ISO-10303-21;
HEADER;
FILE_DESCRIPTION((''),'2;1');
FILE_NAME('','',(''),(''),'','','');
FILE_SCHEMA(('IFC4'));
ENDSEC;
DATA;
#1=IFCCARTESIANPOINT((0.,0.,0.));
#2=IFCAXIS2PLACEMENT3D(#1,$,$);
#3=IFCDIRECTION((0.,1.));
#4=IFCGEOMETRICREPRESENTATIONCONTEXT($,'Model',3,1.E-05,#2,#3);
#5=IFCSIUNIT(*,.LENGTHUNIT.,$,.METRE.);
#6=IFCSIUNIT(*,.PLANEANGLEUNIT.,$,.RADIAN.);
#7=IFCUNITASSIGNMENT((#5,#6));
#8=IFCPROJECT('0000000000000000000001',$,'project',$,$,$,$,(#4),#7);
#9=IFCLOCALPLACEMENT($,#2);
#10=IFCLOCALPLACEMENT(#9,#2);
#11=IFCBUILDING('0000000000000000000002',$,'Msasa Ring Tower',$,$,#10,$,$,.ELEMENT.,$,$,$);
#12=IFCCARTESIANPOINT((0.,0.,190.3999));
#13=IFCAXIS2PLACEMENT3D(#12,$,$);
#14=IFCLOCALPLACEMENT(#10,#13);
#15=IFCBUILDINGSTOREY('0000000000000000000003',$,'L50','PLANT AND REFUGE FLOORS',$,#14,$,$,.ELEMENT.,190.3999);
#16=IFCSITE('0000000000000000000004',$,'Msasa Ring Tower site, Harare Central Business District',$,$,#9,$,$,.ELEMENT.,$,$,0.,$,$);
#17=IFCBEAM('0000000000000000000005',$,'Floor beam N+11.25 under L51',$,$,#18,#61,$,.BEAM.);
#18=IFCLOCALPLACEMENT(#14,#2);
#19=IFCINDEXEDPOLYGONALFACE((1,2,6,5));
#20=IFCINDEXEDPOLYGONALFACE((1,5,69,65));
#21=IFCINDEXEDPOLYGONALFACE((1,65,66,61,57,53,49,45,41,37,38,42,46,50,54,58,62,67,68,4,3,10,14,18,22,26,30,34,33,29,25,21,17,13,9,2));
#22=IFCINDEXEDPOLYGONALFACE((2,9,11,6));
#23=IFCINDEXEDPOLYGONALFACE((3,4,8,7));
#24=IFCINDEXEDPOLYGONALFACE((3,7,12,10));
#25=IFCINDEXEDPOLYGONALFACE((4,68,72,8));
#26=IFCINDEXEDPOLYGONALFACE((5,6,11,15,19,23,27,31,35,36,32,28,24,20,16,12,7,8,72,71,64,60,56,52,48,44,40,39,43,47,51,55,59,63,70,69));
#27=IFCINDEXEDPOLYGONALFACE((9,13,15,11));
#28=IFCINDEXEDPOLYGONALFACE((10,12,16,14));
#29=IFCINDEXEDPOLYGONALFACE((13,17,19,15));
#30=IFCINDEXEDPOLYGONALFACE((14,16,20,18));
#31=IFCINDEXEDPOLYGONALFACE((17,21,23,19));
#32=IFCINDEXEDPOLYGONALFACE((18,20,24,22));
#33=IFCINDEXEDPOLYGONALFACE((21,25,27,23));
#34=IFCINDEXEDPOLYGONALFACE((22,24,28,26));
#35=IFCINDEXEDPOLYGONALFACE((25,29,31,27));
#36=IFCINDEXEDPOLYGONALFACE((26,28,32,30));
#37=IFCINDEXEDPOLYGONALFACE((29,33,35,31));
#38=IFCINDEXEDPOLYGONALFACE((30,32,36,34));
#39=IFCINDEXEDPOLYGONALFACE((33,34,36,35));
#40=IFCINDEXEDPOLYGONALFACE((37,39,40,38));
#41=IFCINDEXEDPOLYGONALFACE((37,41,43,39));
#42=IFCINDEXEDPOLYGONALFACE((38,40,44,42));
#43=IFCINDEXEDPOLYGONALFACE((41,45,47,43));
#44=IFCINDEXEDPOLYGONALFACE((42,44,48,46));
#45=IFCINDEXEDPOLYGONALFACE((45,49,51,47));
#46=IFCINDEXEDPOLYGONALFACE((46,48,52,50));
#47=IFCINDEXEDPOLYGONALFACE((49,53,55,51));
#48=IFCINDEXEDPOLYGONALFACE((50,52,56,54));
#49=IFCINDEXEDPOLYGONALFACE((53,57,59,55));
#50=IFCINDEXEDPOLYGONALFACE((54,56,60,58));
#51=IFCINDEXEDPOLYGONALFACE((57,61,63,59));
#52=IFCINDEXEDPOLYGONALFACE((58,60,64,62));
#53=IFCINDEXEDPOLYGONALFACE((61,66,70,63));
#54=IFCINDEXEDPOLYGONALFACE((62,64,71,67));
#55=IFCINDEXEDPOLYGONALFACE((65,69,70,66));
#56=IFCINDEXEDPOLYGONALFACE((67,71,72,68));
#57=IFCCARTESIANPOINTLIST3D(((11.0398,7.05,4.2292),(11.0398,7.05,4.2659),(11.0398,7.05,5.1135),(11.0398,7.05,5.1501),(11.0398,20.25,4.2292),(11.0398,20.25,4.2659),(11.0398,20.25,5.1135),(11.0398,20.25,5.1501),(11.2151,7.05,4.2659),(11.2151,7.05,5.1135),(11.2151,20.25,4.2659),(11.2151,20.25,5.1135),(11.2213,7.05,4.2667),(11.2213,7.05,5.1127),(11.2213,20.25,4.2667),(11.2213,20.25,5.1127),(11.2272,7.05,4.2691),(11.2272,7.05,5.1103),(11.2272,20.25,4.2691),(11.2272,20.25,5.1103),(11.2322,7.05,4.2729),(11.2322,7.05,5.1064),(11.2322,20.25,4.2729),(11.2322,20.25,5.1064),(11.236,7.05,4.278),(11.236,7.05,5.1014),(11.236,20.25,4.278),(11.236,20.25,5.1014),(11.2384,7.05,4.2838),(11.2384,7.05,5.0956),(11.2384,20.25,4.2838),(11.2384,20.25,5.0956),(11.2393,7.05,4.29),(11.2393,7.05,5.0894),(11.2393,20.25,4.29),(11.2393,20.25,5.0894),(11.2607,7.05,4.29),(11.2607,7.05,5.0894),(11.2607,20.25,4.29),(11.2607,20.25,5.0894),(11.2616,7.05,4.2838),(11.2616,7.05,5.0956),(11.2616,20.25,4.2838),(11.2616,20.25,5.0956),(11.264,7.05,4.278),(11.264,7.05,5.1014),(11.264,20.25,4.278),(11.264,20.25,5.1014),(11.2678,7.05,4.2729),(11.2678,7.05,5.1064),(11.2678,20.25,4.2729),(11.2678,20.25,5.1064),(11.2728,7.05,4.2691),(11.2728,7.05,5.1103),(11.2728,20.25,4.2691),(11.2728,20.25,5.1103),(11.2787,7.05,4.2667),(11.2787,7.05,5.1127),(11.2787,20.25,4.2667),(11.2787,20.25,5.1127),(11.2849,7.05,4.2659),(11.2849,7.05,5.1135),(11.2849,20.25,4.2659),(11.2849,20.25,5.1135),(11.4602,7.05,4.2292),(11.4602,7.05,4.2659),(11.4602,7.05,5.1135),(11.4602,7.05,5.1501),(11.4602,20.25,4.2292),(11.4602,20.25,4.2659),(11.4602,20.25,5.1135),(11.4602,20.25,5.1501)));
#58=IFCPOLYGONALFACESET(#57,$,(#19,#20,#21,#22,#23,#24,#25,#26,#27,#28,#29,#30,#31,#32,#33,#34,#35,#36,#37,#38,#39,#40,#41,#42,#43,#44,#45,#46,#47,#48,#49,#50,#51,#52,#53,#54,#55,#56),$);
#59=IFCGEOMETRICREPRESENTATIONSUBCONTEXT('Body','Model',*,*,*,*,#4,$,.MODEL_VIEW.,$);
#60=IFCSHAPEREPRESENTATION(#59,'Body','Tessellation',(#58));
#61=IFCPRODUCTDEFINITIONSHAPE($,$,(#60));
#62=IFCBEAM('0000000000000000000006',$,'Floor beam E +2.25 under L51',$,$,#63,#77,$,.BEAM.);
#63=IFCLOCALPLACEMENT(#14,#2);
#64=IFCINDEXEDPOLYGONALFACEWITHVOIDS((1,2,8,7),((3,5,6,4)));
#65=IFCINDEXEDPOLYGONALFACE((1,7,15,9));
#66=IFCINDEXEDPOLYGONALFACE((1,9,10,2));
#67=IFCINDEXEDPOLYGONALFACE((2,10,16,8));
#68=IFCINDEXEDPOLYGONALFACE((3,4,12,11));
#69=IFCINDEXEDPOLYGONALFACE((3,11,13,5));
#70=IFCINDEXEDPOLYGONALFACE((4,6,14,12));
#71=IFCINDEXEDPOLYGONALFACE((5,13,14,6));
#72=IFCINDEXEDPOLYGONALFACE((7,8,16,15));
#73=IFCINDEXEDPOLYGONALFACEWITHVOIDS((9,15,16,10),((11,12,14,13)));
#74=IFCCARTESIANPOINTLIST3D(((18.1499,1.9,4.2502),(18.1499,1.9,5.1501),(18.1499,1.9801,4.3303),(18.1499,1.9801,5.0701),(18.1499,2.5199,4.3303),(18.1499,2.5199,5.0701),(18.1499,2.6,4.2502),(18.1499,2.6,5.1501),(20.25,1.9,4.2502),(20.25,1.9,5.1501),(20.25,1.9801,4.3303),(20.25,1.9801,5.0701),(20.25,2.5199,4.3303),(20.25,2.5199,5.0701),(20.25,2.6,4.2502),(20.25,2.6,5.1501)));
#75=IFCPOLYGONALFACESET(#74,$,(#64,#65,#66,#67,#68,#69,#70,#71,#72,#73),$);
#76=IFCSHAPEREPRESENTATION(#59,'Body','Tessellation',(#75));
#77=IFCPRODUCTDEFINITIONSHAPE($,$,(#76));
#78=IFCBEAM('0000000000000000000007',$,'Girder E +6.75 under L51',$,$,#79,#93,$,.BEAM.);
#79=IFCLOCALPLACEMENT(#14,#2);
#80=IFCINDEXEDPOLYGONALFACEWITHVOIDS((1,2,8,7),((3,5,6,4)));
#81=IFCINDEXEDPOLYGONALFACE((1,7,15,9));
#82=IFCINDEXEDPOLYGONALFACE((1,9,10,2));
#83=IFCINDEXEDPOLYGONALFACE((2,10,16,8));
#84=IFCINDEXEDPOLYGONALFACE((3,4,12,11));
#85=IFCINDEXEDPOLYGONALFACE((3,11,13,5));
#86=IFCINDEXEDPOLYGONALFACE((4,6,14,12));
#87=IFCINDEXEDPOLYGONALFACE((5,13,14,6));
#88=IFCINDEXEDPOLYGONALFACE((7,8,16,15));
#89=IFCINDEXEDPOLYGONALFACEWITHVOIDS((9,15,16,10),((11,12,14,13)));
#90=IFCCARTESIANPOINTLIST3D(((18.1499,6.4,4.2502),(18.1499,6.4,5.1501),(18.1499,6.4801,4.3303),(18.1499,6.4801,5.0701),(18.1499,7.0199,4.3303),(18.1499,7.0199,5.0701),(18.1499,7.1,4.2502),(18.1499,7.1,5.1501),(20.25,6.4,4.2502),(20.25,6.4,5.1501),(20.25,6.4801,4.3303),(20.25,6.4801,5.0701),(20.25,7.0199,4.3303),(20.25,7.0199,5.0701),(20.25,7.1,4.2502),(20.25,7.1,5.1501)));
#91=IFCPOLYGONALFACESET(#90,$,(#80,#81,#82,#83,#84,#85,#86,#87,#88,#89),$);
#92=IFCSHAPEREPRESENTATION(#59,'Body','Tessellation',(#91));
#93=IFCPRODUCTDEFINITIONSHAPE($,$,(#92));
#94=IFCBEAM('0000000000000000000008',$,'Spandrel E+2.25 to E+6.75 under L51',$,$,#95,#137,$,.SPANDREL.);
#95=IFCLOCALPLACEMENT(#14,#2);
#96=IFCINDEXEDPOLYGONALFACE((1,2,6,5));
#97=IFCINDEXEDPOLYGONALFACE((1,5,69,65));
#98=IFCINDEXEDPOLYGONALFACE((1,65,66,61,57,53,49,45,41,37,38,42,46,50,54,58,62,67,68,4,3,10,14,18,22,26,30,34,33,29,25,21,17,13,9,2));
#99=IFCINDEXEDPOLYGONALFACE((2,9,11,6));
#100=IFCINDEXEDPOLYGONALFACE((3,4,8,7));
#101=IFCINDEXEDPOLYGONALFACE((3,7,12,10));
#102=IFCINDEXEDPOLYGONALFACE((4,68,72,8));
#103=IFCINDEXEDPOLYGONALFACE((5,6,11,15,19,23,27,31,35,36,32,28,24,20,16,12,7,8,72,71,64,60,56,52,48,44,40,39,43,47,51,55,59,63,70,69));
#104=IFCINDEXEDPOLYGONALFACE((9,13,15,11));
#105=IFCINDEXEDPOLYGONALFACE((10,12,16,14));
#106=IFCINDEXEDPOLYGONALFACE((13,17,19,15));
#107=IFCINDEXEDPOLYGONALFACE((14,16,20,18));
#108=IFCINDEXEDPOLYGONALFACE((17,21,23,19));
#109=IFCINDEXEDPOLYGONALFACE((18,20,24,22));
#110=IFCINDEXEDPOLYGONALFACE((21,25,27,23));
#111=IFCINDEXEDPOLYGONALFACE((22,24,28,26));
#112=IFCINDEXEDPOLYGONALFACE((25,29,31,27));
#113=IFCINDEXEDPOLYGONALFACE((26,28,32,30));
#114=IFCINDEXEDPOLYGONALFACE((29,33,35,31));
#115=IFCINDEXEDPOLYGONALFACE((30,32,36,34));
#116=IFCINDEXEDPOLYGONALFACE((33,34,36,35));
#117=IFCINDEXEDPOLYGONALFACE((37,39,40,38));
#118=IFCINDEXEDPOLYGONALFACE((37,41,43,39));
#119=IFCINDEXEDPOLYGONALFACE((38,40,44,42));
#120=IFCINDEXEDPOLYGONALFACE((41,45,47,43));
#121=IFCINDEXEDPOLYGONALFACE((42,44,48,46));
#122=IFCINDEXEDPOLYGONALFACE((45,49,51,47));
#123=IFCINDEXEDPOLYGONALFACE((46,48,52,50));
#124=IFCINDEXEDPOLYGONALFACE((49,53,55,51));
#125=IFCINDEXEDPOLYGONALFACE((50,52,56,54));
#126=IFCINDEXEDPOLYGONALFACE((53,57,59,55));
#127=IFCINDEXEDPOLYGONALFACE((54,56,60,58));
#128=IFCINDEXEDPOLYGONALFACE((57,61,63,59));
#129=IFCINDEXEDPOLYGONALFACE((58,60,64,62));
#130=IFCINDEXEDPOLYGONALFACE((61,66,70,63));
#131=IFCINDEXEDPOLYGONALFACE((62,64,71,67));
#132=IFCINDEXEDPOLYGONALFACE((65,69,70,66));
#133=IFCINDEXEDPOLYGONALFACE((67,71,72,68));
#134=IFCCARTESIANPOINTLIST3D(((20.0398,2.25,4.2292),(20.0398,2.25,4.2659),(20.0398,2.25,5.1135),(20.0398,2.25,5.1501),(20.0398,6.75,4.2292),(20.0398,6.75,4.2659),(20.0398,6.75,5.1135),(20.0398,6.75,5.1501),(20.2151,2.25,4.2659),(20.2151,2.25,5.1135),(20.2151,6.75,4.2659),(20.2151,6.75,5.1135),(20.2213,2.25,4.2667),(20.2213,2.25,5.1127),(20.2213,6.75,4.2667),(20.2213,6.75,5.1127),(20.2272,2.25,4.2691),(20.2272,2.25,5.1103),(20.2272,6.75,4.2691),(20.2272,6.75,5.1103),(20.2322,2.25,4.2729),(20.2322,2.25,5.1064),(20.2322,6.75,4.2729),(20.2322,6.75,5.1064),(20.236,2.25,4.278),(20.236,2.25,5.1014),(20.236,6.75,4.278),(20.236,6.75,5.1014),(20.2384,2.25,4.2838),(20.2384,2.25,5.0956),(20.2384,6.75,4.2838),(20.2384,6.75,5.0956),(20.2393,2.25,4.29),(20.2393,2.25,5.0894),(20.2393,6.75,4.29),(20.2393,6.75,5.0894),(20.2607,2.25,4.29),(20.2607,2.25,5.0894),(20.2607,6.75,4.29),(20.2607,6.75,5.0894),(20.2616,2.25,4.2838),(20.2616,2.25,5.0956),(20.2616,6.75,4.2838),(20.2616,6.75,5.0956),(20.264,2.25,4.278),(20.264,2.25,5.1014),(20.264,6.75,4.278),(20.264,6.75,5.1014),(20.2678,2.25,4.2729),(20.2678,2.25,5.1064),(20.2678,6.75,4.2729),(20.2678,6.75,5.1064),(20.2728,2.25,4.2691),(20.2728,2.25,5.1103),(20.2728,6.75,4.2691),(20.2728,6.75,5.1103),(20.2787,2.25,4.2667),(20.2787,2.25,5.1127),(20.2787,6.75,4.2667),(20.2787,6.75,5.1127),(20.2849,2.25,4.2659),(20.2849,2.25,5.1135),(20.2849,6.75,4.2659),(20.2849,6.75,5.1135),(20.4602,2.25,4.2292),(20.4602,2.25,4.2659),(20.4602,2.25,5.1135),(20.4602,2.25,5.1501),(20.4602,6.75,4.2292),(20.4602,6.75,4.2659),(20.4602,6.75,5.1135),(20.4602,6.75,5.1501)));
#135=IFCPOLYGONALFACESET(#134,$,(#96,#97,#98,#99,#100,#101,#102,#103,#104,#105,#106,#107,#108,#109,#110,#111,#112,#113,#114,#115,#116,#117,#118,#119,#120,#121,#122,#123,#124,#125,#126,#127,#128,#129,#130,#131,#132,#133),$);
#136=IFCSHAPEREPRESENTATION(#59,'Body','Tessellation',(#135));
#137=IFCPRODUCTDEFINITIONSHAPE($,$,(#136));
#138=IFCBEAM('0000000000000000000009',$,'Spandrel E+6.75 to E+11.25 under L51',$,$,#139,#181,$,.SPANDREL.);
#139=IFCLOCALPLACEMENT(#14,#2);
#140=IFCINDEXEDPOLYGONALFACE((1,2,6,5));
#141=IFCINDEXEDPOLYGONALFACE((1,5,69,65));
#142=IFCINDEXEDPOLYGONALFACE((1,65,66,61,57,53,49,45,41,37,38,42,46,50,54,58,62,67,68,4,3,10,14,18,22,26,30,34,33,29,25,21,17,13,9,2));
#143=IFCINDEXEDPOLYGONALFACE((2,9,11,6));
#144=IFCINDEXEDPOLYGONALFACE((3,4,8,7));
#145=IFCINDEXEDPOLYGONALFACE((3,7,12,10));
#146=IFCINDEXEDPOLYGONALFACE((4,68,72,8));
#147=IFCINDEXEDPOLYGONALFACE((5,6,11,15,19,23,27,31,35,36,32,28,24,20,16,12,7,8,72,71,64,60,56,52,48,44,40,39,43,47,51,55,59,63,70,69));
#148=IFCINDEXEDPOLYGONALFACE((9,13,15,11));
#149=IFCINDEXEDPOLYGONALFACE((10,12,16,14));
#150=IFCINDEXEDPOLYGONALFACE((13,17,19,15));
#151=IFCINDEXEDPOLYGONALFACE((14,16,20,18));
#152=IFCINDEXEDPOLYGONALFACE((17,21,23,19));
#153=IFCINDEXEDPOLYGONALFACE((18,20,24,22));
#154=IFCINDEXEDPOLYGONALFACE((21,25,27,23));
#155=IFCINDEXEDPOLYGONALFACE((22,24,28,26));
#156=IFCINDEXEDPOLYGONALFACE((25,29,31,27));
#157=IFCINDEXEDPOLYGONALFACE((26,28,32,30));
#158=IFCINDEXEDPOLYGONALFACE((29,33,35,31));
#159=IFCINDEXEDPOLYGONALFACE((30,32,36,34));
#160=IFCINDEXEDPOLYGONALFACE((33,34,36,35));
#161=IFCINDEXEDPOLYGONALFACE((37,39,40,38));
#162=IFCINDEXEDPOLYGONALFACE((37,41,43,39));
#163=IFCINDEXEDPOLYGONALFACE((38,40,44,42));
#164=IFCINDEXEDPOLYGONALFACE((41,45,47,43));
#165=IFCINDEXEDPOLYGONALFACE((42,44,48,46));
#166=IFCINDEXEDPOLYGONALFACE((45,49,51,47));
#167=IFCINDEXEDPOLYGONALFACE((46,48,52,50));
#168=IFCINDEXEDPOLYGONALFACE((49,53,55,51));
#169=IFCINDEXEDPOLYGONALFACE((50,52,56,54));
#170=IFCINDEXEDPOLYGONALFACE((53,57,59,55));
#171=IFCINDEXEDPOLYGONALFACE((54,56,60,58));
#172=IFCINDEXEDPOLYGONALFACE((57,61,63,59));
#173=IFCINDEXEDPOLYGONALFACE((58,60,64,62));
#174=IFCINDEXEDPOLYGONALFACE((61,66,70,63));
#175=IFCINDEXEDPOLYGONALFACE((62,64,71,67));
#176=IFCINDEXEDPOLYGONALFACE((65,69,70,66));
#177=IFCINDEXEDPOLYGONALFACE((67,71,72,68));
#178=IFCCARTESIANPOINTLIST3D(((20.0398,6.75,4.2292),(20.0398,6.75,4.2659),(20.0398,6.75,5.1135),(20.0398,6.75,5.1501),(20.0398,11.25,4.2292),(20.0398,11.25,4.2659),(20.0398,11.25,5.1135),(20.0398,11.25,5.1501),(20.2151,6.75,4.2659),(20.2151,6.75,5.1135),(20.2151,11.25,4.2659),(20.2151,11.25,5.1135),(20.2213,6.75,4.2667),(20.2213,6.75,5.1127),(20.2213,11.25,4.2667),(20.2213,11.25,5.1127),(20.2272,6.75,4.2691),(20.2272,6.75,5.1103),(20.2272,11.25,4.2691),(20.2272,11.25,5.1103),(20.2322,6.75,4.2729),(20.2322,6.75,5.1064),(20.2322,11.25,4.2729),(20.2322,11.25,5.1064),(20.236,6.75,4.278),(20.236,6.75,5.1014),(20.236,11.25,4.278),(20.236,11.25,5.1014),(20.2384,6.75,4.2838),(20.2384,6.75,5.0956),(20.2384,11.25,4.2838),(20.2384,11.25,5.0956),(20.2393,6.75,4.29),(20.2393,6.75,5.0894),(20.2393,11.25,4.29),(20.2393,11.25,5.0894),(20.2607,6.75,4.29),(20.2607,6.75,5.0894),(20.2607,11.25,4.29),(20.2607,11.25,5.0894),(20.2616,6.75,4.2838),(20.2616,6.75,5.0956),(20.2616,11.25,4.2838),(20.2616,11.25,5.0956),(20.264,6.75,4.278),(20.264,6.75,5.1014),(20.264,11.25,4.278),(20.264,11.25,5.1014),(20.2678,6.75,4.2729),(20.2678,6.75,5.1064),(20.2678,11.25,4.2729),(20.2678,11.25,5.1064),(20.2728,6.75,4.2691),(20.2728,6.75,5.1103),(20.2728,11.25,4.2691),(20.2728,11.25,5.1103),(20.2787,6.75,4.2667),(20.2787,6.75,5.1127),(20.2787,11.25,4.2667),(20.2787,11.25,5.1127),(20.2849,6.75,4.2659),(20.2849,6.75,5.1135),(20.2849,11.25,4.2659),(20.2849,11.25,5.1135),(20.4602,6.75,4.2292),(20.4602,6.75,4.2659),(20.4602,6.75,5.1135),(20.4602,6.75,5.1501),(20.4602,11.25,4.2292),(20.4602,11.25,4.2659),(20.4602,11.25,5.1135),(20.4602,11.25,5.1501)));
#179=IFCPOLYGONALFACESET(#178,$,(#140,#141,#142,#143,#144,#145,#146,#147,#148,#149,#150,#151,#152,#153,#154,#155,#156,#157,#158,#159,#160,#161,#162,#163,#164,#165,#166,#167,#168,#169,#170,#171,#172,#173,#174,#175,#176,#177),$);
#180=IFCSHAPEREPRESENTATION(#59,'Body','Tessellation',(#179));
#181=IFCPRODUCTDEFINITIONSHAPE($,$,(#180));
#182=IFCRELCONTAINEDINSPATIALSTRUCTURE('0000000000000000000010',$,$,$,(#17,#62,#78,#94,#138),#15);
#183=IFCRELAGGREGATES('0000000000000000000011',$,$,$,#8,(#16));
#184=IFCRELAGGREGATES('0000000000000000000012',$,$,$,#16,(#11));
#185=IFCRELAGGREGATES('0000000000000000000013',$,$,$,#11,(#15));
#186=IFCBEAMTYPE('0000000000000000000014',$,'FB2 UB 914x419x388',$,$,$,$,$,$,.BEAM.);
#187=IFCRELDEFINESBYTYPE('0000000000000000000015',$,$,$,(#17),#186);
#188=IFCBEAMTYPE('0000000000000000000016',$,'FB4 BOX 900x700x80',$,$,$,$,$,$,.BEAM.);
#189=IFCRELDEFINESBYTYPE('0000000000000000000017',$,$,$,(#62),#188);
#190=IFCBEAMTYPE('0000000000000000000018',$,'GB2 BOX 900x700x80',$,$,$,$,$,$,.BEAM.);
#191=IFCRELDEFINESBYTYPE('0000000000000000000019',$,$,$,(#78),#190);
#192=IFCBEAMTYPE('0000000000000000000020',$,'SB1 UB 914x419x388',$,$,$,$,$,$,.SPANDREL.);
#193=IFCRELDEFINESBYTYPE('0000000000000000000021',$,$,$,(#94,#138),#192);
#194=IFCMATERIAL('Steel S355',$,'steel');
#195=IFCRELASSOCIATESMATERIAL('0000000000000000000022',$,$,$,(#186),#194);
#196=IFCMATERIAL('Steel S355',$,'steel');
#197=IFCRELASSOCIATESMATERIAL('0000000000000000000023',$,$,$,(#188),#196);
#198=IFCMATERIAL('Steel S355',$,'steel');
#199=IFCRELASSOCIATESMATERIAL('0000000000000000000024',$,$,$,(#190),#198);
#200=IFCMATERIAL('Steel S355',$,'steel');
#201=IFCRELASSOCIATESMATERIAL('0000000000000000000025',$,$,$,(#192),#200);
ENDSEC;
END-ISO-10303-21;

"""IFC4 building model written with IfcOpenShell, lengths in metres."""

from ifc_helpers import new_model, si_unit, direction, frame, origin, origin_2d, place, context, subcontext, project, spatial, hollow_rectangle, i_section, extrude, material, material_profile, profile_set, type_object, element, save


model = new_model("IFC4")

# Units and contexts
model_context = context("Model", 3, precision=1e-05, world=origin(), true_north=direction((0.0, 1.0)))
body_context = subcontext(model_context, "Body", "Model", "MODEL_VIEW")
ifc_project = project(units=[si_unit("LENGTHUNIT", "METRE"), si_unit("PLANEANGLEUNIT", "RADIAN")], contexts=[model_context])

# Site, building, storey
site_placement = place(None, origin())
site = spatial("IfcSite", under=ifc_project, at=site_placement, Name="Msasa Ring Tower site, Harare Central Business District", CompositionType="ELEMENT", RefElevation=0.0)
building_placement = place(site_placement, origin())
building = spatial("IfcBuilding", under=site, at=building_placement, Name="Msasa Ring Tower", CompositionType="ELEMENT")
storey_placement = place(building_placement, frame((0.0, 0.0, 190.3999)))
storey = spatial("IfcBuildingStorey", under=building, at=storey_placement, Name="L50", Description="PLANT AND REFUGE FLOORS", CompositionType="ELEMENT", Elevation=190.3999)

# Beams
ifc_material_1 = material(Name="Steel S355", Category="steel")
ifc_material_profile_1 = material_profile(ifc_material_1, i_section(OverallWidth=0.4204, OverallDepth=0.9209, WebThickness=0.0215, FlangeThickness=0.0366, FilletRadius=0.0242, at=origin_2d()), Name="UB 914x419x388")
ifc_profile_set_1 = profile_set([ifc_material_profile_1], Name="Steel S355")
beam_type_1 = type_object("IfcBeamType", Name="FB2 UB 914x419x388", PredefinedType="BEAM", material=ifc_profile_set_1)
beam_1_placement = place(storey_placement, frame((11.25, 20.25, 4.6897), z_axis=(0.0, -1.0, 0.0), x_axis=(1.0, 0.0, 0.0)))
element("IfcBeam", 1, at=beam_1_placement, inside=storey, type_object=beam_type_1, Name="Floor beam N+11.25 under L51", PredefinedType="BEAM", context=body_context, shape_type="SweptSolid", body=[
    extrude(i_section(OverallWidth=0.4204, OverallDepth=0.9209, WebThickness=0.0215, FlangeThickness=0.0366, FilletRadius=0.0242, at=origin_2d()), origin(), (0.0, 0.0, 1.0), 13.2),
])
ifc_material_2 = material(Name="Steel S355", Category="steel")
ifc_material_profile_2 = material_profile(ifc_material_2, hollow_rectangle(XDim=0.7, YDim=0.8999, WallThickness=0.0801, at=origin_2d()), Name="BOX 900x700x80")
ifc_profile_set_2 = profile_set([ifc_material_profile_2], Name="Steel S355")
beam_type_2 = type_object("IfcBeamType", Name="FB4 BOX 900x700x80", PredefinedType="BEAM", material=ifc_profile_set_2)
beam_2_placement = place(storey_placement, frame((20.25, 2.25, 4.7002), z_axis=(-1.0, 0.0, 0.0), x_axis=(0.0, -1.0, 0.0)))
element("IfcBeam", 2, at=beam_2_placement, inside=storey, type_object=beam_type_2, Name="Floor beam E +2.25 under L51", PredefinedType="BEAM", context=body_context, shape_type="SweptSolid", body=[
    extrude(hollow_rectangle(XDim=0.7, YDim=0.8999, WallThickness=0.0801, at=origin_2d()), origin(), (0.0, 0.0, 1.0), 2.1001),
])
ifc_material_3 = material(Name="Steel S355", Category="steel")
ifc_material_profile_3 = material_profile(ifc_material_3, hollow_rectangle(XDim=0.7, YDim=0.8999, WallThickness=0.0801, at=origin_2d()), Name="BOX 900x700x80")
ifc_profile_set_3 = profile_set([ifc_material_profile_3], Name="Steel S355")
beam_type_3 = type_object("IfcBeamType", Name="GB2 BOX 900x700x80", PredefinedType="BEAM", material=ifc_profile_set_3)
beam_3_placement = place(storey_placement, frame((18.1499, 6.75, 4.7002), z_axis=(1.0, 0.0, 0.0), x_axis=(0.0, 1.0, 0.0)))
element("IfcBeam", 3, at=beam_3_placement, inside=storey, type_object=beam_type_3, Name="Girder E +6.75 under L51", PredefinedType="BEAM", context=body_context, shape_type="SweptSolid", body=[
    extrude(hollow_rectangle(XDim=0.7, YDim=0.8999, WallThickness=0.0801, at=origin_2d()), origin(), (0.0, 0.0, 1.0), 2.1001),
])
ifc_material_4 = material(Name="Steel S355", Category="steel")
ifc_material_profile_4 = material_profile(ifc_material_4, i_section(OverallWidth=0.4204, OverallDepth=0.9209, WebThickness=0.0215, FlangeThickness=0.0366, FilletRadius=0.0242, at=origin_2d()), Name="UB 914x419x388")
ifc_profile_set_4 = profile_set([ifc_material_profile_4], Name="Steel S355")
beam_type_4 = type_object("IfcBeamType", Name="SB1 UB 914x419x388", PredefinedType="SPANDREL", material=ifc_profile_set_4)
for number, where, z_axis, x_axis, name in (
    (4, (20.25, 2.25, 4.6897), (0.0, 1.0, 0.0), (-1.0, 0.0, 0.0), "Spandrel E+2.25 to E+6.75 under L51"),
    (5, (20.25, 6.75, 4.6897), (0.0, 1.0, 0.0), (-1.0, 0.0, 0.0), "Spandrel E+6.75 to E+11.25 under L51"),
):
    element("IfcBeam", number, at=place(storey_placement, frame(where, z_axis=z_axis, x_axis=x_axis)), inside=storey, type_object=beam_type_4, Name=name, PredefinedType="SPANDREL", context=body_context, shape_type="SweptSolid", body=[
        extrude(i_section(OverallWidth=0.4204, OverallDepth=0.9209, WebThickness=0.0215, FlangeThickness=0.0366, FilletRadius=0.0242, at=origin_2d()), origin(), (0.0, 0.0, 1.0), 4.5),
    ])

save(model, "model.ifc")
